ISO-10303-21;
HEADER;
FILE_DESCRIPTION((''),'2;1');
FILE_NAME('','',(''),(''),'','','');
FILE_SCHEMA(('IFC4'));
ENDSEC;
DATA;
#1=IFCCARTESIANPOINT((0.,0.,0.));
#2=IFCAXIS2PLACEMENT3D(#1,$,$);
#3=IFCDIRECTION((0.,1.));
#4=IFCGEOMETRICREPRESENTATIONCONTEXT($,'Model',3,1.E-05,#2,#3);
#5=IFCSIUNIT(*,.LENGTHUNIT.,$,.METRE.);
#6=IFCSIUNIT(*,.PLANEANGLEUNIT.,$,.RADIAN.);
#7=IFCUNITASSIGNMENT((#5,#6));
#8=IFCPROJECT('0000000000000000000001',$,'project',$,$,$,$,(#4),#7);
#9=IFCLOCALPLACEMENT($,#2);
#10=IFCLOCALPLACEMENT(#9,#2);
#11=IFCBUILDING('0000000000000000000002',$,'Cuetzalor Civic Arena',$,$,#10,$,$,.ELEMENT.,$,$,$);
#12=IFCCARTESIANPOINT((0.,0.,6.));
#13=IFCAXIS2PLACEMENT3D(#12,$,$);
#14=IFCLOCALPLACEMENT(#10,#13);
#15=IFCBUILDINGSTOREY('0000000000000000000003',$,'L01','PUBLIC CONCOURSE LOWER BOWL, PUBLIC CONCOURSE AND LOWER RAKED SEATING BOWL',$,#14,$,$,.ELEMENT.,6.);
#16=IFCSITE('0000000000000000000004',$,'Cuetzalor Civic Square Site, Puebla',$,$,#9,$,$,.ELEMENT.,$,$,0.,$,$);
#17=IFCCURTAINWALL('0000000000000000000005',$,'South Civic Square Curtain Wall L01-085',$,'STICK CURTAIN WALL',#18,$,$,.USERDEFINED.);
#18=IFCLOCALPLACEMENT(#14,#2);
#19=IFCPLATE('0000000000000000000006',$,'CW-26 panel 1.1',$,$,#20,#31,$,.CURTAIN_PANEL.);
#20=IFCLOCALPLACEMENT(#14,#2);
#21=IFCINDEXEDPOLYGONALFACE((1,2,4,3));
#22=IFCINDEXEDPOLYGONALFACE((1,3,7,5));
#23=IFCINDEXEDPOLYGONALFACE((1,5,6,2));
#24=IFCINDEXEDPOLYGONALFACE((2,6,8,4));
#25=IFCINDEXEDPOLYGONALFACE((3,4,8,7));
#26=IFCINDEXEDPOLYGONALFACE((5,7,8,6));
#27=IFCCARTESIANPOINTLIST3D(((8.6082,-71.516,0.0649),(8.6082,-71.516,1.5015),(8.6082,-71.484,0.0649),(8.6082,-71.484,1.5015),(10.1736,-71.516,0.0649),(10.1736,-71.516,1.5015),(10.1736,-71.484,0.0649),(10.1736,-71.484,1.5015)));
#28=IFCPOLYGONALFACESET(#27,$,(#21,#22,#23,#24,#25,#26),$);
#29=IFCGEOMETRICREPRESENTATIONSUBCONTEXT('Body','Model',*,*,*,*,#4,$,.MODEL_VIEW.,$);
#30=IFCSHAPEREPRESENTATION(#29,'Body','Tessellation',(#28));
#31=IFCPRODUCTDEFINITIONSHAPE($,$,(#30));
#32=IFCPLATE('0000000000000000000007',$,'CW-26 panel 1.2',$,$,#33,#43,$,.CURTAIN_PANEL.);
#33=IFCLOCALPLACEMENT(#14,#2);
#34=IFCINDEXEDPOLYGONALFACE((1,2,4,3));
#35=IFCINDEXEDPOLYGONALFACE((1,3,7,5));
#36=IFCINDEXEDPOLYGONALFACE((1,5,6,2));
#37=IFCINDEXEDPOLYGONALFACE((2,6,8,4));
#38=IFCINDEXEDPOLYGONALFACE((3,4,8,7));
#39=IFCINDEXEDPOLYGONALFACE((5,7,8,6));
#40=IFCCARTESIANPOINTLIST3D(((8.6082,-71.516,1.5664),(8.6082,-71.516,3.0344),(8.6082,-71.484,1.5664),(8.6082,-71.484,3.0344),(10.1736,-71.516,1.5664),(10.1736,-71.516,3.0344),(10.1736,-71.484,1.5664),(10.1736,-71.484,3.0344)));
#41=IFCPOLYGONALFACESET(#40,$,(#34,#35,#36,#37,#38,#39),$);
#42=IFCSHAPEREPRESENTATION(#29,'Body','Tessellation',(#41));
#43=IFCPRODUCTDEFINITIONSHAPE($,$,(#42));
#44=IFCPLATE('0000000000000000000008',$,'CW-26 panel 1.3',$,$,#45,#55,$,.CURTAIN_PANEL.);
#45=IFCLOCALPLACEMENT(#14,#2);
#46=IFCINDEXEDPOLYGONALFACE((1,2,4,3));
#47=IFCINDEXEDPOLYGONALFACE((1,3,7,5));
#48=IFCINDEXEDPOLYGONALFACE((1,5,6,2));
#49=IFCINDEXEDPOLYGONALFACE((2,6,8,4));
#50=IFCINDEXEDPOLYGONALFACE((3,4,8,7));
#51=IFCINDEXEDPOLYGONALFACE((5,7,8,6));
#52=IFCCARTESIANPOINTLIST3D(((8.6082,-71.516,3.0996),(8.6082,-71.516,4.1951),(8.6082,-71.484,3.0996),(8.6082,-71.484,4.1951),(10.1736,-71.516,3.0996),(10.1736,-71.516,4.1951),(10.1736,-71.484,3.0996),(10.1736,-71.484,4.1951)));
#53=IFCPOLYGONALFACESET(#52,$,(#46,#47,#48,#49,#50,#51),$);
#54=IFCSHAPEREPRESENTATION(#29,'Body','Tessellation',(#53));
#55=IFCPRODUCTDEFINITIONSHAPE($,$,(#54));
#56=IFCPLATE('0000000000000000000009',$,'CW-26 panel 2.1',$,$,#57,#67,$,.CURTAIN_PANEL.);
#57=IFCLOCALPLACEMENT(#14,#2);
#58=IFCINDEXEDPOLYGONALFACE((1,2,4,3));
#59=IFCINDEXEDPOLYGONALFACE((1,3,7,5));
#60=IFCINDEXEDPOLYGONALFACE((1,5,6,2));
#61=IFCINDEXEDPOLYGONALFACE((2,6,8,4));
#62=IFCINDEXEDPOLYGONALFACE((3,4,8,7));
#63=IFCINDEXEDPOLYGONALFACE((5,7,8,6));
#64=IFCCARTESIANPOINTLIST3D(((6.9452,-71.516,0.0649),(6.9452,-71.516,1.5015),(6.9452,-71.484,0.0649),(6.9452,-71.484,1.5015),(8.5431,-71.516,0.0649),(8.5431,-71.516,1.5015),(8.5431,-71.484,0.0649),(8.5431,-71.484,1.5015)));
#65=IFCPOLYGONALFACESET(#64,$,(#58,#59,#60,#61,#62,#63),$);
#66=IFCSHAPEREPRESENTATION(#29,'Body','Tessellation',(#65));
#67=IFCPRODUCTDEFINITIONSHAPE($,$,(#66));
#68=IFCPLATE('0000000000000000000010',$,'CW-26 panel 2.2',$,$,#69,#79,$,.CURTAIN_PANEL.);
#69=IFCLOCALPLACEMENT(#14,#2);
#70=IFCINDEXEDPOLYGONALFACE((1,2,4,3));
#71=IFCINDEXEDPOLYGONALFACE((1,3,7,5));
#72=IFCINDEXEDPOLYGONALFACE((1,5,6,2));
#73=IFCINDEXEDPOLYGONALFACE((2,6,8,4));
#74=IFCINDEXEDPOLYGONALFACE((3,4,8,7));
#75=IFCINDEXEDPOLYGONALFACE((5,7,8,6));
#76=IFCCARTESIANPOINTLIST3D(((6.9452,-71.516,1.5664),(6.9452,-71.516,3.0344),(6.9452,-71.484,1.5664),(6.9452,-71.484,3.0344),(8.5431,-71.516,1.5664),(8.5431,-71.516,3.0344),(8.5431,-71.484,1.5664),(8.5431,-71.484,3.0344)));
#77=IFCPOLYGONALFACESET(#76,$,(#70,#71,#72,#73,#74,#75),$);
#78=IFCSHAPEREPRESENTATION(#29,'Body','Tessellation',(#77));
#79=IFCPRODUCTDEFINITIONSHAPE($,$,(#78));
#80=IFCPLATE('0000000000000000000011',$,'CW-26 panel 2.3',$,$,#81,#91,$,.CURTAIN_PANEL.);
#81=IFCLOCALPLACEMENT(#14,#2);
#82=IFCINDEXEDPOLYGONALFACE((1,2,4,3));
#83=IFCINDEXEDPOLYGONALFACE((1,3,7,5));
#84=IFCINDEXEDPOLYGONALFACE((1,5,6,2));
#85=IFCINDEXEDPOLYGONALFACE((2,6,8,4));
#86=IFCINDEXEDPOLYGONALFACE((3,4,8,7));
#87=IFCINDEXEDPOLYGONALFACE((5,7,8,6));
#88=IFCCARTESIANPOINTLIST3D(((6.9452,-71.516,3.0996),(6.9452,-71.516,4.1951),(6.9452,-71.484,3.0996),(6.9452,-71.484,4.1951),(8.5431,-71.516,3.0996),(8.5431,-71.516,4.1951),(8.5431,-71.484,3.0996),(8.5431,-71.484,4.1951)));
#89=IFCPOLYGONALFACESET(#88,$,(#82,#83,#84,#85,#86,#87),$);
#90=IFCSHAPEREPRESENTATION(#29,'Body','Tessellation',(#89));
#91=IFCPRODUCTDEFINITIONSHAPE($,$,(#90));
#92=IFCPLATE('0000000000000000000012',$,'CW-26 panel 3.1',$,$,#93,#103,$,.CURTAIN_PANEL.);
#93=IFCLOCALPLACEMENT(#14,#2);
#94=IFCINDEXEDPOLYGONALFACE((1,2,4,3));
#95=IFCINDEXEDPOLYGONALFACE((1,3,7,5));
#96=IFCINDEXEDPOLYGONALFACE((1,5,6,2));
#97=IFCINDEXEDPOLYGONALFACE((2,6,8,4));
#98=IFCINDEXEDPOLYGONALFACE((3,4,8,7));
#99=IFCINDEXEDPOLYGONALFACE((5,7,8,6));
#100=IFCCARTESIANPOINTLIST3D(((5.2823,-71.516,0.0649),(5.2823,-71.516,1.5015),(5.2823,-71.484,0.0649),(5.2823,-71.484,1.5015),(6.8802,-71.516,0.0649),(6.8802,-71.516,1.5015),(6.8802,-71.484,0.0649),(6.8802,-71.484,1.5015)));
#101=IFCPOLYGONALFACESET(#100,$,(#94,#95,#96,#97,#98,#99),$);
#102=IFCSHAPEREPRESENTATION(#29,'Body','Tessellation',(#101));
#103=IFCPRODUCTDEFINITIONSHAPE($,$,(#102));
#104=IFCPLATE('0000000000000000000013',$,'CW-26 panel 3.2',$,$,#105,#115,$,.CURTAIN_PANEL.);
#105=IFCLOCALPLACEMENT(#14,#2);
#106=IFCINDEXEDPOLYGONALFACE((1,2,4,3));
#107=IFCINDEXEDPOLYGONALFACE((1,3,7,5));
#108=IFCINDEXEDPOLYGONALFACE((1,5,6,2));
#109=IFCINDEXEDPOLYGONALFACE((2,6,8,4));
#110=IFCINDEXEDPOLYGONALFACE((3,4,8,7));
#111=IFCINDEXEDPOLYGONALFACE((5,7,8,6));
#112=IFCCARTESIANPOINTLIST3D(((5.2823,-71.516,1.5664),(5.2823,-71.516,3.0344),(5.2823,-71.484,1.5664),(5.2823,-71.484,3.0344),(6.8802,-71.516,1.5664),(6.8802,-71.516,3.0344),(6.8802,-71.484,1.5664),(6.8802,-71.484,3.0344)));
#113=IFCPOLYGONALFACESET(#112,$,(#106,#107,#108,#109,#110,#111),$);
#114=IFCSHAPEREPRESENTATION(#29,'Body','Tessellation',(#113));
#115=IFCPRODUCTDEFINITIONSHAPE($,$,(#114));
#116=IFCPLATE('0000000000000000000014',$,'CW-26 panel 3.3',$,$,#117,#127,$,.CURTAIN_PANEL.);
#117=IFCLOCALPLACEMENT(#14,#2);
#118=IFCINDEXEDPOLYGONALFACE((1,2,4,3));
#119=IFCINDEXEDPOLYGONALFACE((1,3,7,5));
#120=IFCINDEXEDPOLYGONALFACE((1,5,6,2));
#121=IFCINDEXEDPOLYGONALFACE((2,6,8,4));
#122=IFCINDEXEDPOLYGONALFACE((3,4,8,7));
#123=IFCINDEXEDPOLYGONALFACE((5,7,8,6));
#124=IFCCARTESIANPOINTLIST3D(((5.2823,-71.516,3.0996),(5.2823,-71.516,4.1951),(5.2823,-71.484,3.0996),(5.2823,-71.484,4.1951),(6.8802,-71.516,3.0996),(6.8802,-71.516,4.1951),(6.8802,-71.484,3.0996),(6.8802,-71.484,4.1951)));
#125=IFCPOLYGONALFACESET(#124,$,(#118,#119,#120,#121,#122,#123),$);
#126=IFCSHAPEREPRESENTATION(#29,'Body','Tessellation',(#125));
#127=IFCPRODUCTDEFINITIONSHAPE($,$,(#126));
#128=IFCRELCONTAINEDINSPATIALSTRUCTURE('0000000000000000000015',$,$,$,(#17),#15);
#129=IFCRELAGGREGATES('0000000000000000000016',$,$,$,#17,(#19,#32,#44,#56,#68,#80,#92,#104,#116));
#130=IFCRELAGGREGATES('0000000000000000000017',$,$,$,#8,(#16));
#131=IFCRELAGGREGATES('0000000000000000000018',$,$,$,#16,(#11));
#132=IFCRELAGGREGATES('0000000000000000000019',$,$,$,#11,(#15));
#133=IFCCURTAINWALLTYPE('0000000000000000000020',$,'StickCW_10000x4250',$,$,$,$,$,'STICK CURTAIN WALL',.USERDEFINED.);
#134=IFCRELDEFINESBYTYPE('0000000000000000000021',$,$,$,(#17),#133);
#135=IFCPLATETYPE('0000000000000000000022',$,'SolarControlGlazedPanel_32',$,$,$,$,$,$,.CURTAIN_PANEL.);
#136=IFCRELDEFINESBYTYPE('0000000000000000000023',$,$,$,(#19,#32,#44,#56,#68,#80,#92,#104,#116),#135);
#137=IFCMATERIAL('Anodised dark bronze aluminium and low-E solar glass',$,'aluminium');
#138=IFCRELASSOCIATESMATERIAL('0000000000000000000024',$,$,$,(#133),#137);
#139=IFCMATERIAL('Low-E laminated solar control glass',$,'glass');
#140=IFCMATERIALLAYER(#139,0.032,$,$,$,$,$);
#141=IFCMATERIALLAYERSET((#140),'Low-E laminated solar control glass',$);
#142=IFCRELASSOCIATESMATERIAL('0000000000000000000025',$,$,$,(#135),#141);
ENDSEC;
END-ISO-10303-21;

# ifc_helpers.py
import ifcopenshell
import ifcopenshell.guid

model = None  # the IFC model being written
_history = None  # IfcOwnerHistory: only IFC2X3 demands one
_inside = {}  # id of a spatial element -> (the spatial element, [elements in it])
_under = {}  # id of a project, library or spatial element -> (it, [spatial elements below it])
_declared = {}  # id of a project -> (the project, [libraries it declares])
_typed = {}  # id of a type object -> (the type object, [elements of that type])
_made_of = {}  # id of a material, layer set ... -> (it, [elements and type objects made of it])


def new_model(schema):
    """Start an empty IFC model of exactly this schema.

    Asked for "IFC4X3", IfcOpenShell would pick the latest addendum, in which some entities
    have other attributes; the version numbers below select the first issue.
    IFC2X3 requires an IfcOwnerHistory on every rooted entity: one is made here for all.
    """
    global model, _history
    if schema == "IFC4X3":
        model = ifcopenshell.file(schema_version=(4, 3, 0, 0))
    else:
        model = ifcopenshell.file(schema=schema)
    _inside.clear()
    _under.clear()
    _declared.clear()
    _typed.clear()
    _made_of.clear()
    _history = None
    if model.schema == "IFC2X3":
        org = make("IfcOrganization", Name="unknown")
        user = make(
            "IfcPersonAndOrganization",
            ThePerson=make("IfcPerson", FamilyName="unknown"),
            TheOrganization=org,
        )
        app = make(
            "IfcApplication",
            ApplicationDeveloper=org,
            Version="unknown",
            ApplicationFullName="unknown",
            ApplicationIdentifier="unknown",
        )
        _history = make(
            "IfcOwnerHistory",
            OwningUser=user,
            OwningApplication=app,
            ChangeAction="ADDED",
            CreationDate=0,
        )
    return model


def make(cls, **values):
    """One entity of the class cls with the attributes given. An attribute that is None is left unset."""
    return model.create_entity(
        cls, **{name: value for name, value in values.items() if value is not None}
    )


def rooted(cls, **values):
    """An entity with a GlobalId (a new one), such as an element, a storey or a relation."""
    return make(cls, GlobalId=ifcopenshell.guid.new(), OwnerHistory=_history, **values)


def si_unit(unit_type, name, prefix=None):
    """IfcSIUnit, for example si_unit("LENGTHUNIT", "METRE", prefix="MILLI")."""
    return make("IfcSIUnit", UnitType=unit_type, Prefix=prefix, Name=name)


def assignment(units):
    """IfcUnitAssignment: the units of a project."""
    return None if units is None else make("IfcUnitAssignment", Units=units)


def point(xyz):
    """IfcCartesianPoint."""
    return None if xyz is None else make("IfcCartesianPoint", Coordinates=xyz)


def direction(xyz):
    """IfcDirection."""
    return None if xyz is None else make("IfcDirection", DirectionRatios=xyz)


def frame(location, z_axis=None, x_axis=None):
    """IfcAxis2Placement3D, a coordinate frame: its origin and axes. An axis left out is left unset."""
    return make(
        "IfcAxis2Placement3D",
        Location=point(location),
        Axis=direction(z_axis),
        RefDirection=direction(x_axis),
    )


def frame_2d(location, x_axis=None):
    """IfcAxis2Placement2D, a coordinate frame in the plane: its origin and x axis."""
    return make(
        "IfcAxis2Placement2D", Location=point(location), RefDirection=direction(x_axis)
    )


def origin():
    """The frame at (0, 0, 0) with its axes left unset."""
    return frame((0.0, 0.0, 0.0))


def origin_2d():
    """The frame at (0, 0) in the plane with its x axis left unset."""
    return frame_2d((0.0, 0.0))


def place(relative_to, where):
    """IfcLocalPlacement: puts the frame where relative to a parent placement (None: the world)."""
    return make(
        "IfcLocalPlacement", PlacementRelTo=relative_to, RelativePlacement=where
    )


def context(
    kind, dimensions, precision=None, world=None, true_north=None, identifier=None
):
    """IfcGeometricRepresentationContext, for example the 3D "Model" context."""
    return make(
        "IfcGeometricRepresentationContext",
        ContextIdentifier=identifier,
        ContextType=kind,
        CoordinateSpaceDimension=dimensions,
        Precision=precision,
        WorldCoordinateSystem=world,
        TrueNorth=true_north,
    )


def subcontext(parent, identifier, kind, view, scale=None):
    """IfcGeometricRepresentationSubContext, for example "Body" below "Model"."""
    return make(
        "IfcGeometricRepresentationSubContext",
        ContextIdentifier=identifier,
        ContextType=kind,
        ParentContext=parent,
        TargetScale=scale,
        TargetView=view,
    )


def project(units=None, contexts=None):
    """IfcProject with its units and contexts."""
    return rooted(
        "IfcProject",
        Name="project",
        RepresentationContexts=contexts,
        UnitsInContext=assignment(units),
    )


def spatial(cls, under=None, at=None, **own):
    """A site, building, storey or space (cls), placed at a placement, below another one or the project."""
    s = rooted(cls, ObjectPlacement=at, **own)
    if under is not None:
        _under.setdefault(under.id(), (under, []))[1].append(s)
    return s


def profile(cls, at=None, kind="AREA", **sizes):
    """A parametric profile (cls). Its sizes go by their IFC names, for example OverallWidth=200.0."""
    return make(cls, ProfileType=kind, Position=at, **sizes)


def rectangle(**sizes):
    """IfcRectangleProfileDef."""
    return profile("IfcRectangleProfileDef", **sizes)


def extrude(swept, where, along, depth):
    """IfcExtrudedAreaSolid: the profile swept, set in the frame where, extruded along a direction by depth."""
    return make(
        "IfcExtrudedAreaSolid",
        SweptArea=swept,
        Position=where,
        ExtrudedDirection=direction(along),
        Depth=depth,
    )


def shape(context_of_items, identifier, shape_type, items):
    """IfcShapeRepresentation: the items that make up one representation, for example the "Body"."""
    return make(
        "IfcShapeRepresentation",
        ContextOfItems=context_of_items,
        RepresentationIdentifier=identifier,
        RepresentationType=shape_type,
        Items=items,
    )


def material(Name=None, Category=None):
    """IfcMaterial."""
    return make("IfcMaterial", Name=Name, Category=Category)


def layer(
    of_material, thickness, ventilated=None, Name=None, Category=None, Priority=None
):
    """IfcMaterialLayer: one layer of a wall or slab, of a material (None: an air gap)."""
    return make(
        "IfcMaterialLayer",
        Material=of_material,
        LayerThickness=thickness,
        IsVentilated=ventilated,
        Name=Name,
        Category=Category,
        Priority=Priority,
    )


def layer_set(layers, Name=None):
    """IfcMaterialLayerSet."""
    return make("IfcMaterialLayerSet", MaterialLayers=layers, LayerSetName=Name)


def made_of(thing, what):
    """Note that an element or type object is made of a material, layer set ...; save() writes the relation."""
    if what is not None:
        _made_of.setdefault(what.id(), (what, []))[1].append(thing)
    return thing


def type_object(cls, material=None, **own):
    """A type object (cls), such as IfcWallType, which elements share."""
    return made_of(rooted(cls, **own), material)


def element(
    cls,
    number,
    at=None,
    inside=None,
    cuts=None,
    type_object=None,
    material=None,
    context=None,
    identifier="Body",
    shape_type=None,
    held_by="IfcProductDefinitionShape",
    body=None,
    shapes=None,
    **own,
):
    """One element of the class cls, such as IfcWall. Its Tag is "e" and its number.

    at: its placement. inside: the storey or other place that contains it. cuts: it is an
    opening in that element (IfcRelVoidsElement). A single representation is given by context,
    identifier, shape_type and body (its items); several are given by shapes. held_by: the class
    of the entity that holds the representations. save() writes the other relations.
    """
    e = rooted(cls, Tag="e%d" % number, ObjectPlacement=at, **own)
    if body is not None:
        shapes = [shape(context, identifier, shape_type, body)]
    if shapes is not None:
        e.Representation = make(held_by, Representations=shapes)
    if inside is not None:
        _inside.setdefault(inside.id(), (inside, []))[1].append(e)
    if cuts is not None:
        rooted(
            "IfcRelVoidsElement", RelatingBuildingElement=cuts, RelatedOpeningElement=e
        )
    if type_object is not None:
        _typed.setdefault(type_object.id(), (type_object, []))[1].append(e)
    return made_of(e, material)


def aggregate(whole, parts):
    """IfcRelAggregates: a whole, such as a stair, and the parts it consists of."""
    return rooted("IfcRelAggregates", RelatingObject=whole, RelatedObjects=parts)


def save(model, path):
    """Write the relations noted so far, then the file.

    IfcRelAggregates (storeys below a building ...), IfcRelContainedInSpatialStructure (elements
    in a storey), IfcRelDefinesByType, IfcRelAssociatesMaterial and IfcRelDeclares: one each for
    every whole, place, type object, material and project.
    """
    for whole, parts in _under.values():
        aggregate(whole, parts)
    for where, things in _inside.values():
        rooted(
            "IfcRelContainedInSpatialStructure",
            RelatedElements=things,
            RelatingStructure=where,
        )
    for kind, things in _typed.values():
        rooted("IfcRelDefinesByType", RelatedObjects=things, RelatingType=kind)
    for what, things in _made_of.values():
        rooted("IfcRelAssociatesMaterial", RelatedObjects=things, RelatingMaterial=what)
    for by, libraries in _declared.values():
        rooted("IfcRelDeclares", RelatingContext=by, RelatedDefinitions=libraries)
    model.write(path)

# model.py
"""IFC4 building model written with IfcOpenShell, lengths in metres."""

from ifc_helpers import new_model, si_unit, direction, frame, origin, origin_2d, place, context, subcontext, project, spatial, rectangle, extrude, material, layer, layer_set, type_object, element, aggregate, save


model = new_model("IFC4")

# Units and contexts
model_context = context("Model", 3, precision=1e-05, world=origin(), true_north=direction((0.0, 1.0)))
body_context = subcontext(model_context, "Body", "Model", "MODEL_VIEW")
ifc_project = project(units=[si_unit("LENGTHUNIT", "METRE"), si_unit("PLANEANGLEUNIT", "RADIAN")], contexts=[model_context])

# Site, building, storey
site_placement = place(None, origin())
site = spatial("IfcSite", under=ifc_project, at=site_placement, Name="Cuetzalor Civic Square Site, Puebla", CompositionType="ELEMENT", RefElevation=0.0)
building_placement = place(site_placement, origin())
building = spatial("IfcBuilding", under=site, at=building_placement, Name="Cuetzalor Civic Arena", CompositionType="ELEMENT")
storey_placement = place(building_placement, frame((0.0, 0.0, 6.0)))
storey = spatial("IfcBuildingStorey", under=building, at=storey_placement, Name="L01", Description="PUBLIC CONCOURSE LOWER BOWL, PUBLIC CONCOURSE AND LOWER RAKED SEATING BOWL", CompositionType="ELEMENT", Elevation=6.0)

# Curtain wall, plates
ifc_material_1 = material(Name="Anodised dark bronze aluminium and low-E solar glass", Category="aluminium")
curtain_wall_type = type_object("IfcCurtainWallType", Name="StickCW_10000x4250", ElementType="STICK CURTAIN WALL", PredefinedType="USERDEFINED", material=ifc_material_1)
curtain_wall_placement = place(storey_placement, origin())
curtain_wall = element("IfcCurtainWall", 1, at=curtain_wall_placement, inside=storey, type_object=curtain_wall_type, Name="South Civic Square Curtain Wall L01-085", ObjectType="STICK CURTAIN WALL", PredefinedType="USERDEFINED")
ifc_material_2 = material(Name="Low-E laminated solar control glass", Category="glass")
ifc_layer = layer(ifc_material_2, 0.032)
ifc_layer_set = layer_set([ifc_layer], Name="Low-E laminated solar control glass")
plate_type = type_object("IfcPlateType", Name="SolarControlGlazedPanel_32", PredefinedType="CURTAIN_PANEL", material=ifc_layer_set)
plate_1_placement = place(storey_placement, frame((9.3909, -71.5, 0.0649), z_axis=(0.0, 0.0, 1.0), x_axis=(-1.0, 0.0, 0.0)))
plate_1 = element("IfcPlate", 2, at=plate_1_placement, type_object=plate_type, Name="CW-26 panel 1.1", PredefinedType="CURTAIN_PANEL", context=body_context, shape_type="SweptSolid", body=[
    extrude(rectangle(XDim=1.5654, YDim=0.032, at=origin_2d()), origin(), (0.0, 0.0, 1.0), 1.4365),
])
plate_2_placement = place(storey_placement, frame((9.3909, -71.5, 1.5664), z_axis=(0.0, 0.0, 1.0), x_axis=(-1.0, 0.0, 0.0)))
plate_2 = element("IfcPlate", 3, at=plate_2_placement, type_object=plate_type, Name="CW-26 panel 1.2", PredefinedType="CURTAIN_PANEL", context=body_context, shape_type="SweptSolid", body=[
    extrude(rectangle(XDim=1.5654, YDim=0.032, at=origin_2d()), origin(), (0.0, 0.0, 1.0), 1.468),
])
plate_3_placement = place(storey_placement, frame((9.3909, -71.5, 3.0996), z_axis=(0.0, 0.0, 1.0), x_axis=(-1.0, 0.0, 0.0)))
plate_3 = element("IfcPlate", 4, at=plate_3_placement, type_object=plate_type, Name="CW-26 panel 1.3", PredefinedType="CURTAIN_PANEL", context=body_context, shape_type="SweptSolid", body=[
    extrude(rectangle(XDim=1.5654, YDim=0.032, at=origin_2d()), origin(), (0.0, 0.0, 1.0), 1.0955),
])
plate_4_placement = place(storey_placement, frame((7.7441, -71.5, 0.0649), z_axis=(0.0, 0.0, 1.0), x_axis=(-1.0, 0.0, 0.0)))
plate_4 = element("IfcPlate", 5, at=plate_4_placement, type_object=plate_type, Name="CW-26 panel 2.1", PredefinedType="CURTAIN_PANEL", context=body_context, shape_type="SweptSolid", body=[
    extrude(rectangle(XDim=1.5979, YDim=0.032, at=origin_2d()), origin(), (0.0, 0.0, 1.0), 1.4365),
])
plate_5_placement = place(storey_placement, frame((7.7441, -71.5, 1.5664), z_axis=(0.0, 0.0, 1.0), x_axis=(-1.0, 0.0, 0.0)))
plate_5 = element("IfcPlate", 6, at=plate_5_placement, type_object=plate_type, Name="CW-26 panel 2.2", PredefinedType="CURTAIN_PANEL", context=body_context, shape_type="SweptSolid", body=[
    extrude(rectangle(XDim=1.5979, YDim=0.032, at=origin_2d()), origin(), (0.0, 0.0, 1.0), 1.468),
])
plate_6_placement = place(storey_placement, frame((7.7441, -71.5, 3.0996), z_axis=(0.0, 0.0, 1.0), x_axis=(-1.0, 0.0, 0.0)))
plate_6 = element("IfcPlate", 7, at=plate_6_placement, type_object=plate_type, Name="CW-26 panel 2.3", PredefinedType="CURTAIN_PANEL", context=body_context, shape_type="SweptSolid", body=[
    extrude(rectangle(XDim=1.5979, YDim=0.032, at=origin_2d()), origin(), (0.0, 0.0, 1.0), 1.0955),
])
plate_7_placement = place(storey_placement, frame((6.0813, -71.5, 0.0649), z_axis=(0.0, 0.0, 1.0), x_axis=(-1.0, 0.0, 0.0)))
plate_7 = element("IfcPlate", 8, at=plate_7_placement, type_object=plate_type, Name="CW-26 panel 3.1", PredefinedType="CURTAIN_PANEL", context=body_context, shape_type="SweptSolid", body=[
    extrude(rectangle(XDim=1.5979, YDim=0.032, at=origin_2d()), origin(), (0.0, 0.0, 1.0), 1.4365),
])
plate_8_placement = place(storey_placement, frame((6.0813, -71.5, 1.5664), z_axis=(0.0, 0.0, 1.0), x_axis=(-1.0, 0.0, 0.0)))
plate_8 = element("IfcPlate", 9, at=plate_8_placement, type_object=plate_type, Name="CW-26 panel 3.2", PredefinedType="CURTAIN_PANEL", context=body_context, shape_type="SweptSolid", body=[
    extrude(rectangle(XDim=1.5979, YDim=0.032, at=origin_2d()), origin(), (0.0, 0.0, 1.0), 1.468),
])
plate_9_placement = place(storey_placement, frame((6.0813, -71.5, 3.0996), z_axis=(0.0, 0.0, 1.0), x_axis=(-1.0, 0.0, 0.0)))
plate_9 = element("IfcPlate", 10, at=plate_9_placement, type_object=plate_type, Name="CW-26 panel 3.3", PredefinedType="CURTAIN_PANEL", context=body_context, shape_type="SweptSolid", body=[
    extrude(rectangle(XDim=1.5979, YDim=0.032, at=origin_2d()), origin(), (0.0, 0.0, 1.0), 1.0955),
])
aggregate(curtain_wall, [plate_1, plate_2, plate_3, plate_4, plate_5, plate_6, plate_7, plate_8, plate_9])

save(model, "model.ifc")
